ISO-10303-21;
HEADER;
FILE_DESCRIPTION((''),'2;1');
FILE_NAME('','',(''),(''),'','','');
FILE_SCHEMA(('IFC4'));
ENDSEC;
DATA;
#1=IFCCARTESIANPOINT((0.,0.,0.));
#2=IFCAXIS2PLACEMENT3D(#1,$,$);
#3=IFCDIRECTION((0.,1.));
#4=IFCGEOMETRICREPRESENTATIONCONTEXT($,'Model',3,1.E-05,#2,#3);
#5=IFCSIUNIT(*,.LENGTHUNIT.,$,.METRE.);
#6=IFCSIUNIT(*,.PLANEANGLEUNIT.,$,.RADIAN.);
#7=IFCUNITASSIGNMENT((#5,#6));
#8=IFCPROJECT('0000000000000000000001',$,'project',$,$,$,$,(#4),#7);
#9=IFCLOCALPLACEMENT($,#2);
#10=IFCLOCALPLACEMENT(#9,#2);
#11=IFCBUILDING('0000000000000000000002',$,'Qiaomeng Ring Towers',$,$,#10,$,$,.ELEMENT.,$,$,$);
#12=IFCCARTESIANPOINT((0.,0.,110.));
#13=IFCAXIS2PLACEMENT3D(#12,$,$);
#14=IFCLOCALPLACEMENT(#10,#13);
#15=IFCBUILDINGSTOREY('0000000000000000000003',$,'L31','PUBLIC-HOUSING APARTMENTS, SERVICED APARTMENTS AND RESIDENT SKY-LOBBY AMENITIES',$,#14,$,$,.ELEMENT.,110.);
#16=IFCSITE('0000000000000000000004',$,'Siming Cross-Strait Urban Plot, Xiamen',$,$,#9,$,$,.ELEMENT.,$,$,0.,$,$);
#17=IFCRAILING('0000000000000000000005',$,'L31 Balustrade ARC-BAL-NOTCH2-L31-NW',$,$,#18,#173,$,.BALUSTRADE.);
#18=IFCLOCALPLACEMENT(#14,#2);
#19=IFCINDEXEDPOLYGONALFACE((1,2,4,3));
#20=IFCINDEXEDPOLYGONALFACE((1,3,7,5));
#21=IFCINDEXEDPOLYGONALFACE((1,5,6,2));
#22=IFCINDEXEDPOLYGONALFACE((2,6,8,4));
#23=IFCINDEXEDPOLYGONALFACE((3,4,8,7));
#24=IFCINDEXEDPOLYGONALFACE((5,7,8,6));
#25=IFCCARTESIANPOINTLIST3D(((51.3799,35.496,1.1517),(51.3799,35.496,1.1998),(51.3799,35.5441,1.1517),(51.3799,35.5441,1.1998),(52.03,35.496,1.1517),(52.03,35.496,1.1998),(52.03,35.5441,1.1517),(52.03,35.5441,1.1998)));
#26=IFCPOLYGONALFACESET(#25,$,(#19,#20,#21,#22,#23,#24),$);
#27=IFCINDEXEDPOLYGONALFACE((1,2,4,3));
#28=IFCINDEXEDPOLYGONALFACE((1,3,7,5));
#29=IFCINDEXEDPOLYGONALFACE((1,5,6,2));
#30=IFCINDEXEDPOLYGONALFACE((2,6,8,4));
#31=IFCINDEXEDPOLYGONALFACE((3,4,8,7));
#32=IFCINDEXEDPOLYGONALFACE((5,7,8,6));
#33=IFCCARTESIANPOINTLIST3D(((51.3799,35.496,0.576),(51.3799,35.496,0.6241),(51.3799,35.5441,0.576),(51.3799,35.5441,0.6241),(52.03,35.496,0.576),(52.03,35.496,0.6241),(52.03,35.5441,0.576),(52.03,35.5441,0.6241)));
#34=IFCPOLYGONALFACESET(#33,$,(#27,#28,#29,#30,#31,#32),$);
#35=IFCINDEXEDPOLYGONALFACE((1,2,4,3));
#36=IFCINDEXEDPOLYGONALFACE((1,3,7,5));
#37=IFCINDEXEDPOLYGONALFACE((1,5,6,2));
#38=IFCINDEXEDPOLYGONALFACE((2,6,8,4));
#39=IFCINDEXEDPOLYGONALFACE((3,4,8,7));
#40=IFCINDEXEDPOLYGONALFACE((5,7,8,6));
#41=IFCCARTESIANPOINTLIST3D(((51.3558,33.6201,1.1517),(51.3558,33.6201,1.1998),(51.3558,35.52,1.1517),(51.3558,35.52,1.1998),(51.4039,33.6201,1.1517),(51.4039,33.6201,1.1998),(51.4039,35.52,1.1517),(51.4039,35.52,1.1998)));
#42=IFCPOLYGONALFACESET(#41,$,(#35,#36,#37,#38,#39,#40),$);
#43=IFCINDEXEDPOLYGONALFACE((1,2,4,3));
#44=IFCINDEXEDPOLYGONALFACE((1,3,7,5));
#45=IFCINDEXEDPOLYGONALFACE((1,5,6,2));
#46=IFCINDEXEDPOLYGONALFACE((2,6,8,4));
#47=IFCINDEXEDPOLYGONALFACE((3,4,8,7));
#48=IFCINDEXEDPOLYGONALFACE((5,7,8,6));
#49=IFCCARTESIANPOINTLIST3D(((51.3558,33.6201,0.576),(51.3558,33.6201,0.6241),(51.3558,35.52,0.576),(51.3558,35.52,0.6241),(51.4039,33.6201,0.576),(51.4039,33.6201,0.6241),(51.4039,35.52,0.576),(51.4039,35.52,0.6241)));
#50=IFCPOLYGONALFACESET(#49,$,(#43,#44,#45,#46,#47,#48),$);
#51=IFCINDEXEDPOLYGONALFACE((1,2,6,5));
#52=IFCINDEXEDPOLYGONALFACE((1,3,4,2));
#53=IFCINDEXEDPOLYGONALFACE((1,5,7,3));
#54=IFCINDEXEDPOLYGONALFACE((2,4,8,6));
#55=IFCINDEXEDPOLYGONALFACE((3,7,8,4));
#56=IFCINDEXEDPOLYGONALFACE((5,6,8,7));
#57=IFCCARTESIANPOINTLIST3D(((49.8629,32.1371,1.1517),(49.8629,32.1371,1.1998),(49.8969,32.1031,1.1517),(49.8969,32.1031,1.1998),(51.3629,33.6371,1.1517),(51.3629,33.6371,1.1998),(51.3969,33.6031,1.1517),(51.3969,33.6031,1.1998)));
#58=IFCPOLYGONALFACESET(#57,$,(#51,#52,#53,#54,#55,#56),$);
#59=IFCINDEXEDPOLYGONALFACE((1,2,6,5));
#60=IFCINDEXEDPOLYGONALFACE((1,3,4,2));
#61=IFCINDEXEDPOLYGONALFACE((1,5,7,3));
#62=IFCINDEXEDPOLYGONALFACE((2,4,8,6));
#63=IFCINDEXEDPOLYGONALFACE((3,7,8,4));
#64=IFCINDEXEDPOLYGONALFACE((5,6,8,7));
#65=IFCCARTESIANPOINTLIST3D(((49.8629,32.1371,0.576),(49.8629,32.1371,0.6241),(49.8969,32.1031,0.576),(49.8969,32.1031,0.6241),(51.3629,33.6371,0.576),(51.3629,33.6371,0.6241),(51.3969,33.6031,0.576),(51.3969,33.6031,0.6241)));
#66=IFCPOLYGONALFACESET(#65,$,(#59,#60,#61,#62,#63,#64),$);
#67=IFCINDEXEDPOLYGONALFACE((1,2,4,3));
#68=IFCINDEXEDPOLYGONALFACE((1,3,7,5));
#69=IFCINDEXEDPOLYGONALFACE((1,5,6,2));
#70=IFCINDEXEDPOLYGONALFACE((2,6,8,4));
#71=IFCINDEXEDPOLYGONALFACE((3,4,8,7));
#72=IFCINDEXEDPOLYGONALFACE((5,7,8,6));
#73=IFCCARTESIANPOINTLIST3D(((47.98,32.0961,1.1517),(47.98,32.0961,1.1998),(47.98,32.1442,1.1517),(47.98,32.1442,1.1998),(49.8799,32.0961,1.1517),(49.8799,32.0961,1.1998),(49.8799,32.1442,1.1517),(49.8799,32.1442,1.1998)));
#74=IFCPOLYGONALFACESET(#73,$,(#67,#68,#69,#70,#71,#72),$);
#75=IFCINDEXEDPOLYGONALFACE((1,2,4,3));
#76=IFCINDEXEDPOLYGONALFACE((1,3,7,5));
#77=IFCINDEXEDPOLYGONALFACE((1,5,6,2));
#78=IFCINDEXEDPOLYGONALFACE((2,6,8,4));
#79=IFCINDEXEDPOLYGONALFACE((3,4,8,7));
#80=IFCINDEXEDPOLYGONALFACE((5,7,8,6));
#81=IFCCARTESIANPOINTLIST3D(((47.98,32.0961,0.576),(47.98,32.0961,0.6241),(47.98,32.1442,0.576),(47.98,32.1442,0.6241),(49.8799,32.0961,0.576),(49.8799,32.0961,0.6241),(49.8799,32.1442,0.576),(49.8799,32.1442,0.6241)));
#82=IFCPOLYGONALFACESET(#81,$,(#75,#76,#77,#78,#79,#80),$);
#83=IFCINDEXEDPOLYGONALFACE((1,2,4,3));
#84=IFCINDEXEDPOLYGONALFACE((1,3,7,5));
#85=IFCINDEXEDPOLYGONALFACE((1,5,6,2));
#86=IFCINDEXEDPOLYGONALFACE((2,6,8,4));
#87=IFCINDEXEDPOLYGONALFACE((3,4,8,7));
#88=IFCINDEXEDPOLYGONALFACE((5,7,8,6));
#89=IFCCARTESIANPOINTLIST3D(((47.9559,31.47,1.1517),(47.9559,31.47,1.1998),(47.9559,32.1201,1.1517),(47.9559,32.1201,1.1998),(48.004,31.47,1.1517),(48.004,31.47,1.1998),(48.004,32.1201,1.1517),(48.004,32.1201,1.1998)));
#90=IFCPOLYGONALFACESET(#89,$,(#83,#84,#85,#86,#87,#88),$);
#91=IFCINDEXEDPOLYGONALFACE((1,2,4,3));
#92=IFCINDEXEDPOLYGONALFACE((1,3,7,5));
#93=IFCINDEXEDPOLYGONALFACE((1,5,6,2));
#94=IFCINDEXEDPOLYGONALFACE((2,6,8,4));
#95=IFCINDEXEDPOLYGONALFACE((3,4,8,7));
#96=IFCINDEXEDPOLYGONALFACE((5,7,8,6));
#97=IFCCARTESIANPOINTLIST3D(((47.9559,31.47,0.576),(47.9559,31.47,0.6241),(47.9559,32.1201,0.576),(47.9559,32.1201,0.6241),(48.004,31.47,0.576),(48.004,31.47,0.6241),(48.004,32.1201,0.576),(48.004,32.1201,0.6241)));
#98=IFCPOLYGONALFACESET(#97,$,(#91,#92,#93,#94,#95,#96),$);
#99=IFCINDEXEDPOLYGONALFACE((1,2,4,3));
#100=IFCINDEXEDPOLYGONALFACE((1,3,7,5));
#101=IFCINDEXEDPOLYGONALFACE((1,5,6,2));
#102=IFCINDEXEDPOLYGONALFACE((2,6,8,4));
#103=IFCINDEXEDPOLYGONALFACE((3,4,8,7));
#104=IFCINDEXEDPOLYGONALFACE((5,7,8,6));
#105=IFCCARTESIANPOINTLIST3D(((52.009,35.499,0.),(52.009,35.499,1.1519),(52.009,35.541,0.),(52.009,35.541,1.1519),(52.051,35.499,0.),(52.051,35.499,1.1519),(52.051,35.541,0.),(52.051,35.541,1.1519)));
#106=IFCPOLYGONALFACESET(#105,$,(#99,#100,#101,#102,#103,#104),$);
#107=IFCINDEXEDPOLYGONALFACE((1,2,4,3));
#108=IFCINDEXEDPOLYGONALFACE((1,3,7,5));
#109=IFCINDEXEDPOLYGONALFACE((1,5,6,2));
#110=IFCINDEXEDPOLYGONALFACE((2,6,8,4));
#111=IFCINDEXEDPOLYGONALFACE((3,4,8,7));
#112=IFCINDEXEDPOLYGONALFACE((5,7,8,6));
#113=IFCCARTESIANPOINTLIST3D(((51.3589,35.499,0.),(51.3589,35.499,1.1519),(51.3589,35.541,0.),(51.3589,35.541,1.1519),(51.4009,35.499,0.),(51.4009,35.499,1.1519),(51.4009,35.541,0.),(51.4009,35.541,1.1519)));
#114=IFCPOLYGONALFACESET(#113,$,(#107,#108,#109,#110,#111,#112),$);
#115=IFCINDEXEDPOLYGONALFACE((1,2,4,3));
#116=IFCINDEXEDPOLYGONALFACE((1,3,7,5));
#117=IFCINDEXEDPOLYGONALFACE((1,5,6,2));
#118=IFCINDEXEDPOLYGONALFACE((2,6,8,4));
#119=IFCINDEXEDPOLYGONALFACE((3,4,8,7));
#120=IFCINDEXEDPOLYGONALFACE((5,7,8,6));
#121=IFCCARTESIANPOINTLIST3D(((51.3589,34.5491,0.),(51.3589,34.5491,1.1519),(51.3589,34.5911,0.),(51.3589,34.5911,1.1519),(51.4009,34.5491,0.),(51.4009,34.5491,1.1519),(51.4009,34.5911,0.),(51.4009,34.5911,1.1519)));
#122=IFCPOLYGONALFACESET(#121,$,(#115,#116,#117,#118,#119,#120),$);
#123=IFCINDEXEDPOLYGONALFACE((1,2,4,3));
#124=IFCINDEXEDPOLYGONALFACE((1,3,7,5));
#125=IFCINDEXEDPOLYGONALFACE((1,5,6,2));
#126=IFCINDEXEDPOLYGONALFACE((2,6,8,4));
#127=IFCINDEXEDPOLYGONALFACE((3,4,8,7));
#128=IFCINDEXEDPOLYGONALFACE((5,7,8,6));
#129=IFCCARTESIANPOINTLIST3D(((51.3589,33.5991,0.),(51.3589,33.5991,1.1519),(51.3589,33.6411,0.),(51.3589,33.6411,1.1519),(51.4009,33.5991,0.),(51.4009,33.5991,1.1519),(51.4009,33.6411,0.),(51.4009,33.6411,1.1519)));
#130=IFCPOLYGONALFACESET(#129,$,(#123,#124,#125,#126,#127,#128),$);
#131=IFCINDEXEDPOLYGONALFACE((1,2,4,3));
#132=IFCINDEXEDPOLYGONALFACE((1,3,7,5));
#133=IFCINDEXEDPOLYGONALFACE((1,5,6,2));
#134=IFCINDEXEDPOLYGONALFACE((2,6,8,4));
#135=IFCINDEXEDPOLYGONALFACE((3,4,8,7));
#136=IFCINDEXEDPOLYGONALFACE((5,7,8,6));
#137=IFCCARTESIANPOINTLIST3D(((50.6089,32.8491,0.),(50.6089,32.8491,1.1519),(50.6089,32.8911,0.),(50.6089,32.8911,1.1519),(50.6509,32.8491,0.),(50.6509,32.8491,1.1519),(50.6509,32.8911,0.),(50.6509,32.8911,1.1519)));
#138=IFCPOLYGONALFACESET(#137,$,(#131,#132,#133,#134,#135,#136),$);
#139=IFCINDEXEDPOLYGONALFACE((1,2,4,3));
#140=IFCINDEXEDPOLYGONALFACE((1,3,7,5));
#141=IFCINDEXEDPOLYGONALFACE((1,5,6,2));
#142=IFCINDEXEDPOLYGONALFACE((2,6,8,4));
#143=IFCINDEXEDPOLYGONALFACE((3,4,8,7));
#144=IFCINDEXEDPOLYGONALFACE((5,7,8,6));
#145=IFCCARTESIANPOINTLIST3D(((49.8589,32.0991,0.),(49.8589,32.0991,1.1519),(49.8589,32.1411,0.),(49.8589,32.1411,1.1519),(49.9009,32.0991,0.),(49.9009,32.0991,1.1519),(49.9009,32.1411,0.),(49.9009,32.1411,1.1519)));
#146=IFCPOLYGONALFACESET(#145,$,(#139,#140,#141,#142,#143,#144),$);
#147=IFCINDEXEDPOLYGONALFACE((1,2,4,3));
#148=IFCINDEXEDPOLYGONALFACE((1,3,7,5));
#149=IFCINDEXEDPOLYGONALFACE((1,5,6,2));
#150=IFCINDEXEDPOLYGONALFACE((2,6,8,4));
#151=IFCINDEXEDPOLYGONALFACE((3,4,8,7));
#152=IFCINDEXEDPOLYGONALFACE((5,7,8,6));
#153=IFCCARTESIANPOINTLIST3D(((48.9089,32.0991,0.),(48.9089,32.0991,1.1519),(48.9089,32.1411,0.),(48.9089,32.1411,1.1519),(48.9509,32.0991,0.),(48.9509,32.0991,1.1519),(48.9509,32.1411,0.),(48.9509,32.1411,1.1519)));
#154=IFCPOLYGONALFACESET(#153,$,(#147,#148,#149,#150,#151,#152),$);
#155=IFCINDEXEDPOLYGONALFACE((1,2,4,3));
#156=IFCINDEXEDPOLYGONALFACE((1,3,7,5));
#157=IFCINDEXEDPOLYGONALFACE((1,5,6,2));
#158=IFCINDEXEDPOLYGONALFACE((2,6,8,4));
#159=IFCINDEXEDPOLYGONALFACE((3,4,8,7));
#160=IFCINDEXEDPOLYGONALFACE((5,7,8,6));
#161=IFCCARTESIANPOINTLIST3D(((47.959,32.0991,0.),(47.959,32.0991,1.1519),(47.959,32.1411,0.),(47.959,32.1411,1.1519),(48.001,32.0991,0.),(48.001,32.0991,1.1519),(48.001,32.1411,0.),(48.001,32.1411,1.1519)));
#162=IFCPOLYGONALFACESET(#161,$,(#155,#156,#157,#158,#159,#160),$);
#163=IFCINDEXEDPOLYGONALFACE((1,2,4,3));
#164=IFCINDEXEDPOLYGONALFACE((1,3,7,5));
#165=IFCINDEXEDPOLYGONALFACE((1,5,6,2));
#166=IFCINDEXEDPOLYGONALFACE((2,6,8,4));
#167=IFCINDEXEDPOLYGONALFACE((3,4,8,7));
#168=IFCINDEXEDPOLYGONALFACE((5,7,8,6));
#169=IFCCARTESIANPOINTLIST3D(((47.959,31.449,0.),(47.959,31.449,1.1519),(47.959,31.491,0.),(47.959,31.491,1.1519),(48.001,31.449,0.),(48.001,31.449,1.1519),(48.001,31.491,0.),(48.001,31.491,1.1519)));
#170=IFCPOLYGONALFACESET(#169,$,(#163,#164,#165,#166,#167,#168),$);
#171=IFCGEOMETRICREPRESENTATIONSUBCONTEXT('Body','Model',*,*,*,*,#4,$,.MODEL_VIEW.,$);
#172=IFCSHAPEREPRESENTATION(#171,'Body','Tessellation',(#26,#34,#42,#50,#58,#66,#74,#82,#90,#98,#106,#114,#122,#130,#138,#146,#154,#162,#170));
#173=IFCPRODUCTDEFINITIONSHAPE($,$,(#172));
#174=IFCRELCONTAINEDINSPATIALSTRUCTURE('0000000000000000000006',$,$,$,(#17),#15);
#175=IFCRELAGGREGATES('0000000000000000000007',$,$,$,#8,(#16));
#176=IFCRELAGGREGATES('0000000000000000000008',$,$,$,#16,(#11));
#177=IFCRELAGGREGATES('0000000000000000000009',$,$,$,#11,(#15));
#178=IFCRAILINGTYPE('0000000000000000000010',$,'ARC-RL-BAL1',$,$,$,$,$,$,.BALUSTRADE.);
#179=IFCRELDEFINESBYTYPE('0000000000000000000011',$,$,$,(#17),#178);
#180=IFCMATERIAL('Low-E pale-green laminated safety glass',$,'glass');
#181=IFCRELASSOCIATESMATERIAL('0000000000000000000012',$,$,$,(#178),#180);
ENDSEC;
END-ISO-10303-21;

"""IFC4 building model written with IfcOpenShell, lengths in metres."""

from ifc_helpers import new_model, si_unit, direction, frame, origin, origin_2d, place, context, subcontext, project, spatial, rectangle, extrude, material, type_object, element, save


model = new_model("IFC4")

# Units and contexts
model_context = context("Model", 3, precision=1e-05, world=origin(), true_north=direction((0.0, 1.0)))
body_context = subcontext(model_context, "Body", "Model", "MODEL_VIEW")
ifc_project = project(units=[si_unit("LENGTHUNIT", "METRE"), si_unit("PLANEANGLEUNIT", "RADIAN")], contexts=[model_context])

# Site, building, storey
site_placement = place(None, origin())
site = spatial("IfcSite", under=ifc_project, at=site_placement, Name="Siming Cross-Strait Urban Plot, Xiamen", CompositionType="ELEMENT", RefElevation=0.0)
building_placement = place(site_placement, origin())
building = spatial("IfcBuilding", under=site, at=building_placement, Name="Qiaomeng Ring Towers", CompositionType="ELEMENT")
storey_placement = place(building_placement, frame((0.0, 0.0, 110.0)))
storey = spatial("IfcBuildingStorey", under=building, at=storey_placement, Name="L31", Description="PUBLIC-HOUSING APARTMENTS, SERVICED APARTMENTS AND RESIDENT SKY-LOBBY AMENITIES", CompositionType="ELEMENT", Elevation=110.0)

# Railing
ifc_material_1 = material(Name="Low-E pale-green laminated safety glass", Category="glass")
railing_type = type_object("IfcRailingType", Name="ARC-RL-BAL1", PredefinedType="BALUSTRADE", material=ifc_material_1)
railing_1_placement = place(storey_placement, frame((52.03, 35.52, 0.0)))
element("IfcRailing", 1, at=railing_1_placement, inside=storey, type_object=railing_type, Name="L31 Balustrade ARC-BAL-NOTCH2-L31-NW", PredefinedType="BALUSTRADE", context=body_context, shape_type="SweptSolid", body=[
    extrude(rectangle(XDim=0.0481, YDim=0.0481, at=origin_2d()), frame((0.0, 0.0, 1.1758), z_axis=(-1.0, 0.0, 0.0), x_axis=(0.0, -1.0, 0.0)), (0.0, 0.0, 1.0), 0.6501),
    extrude(rectangle(XDim=0.0481, YDim=0.0481, at=origin_2d()), frame((0.0, 0.0, 0.6001), z_axis=(-1.0, 0.0, 0.0), x_axis=(0.0, -1.0, 0.0)), (0.0, 0.0, 1.0), 0.6501),
    extrude(rectangle(XDim=0.0481, YDim=0.0481, at=origin_2d()), frame((-0.6501, 0.0, 1.1758), z_axis=(0.0, -1.0, 0.0), x_axis=(1.0, 0.0, 0.0)), (0.0, 0.0, 1.0), 1.8999),
    extrude(rectangle(XDim=0.0481, YDim=0.0481, at=origin_2d()), frame((-0.6501, 0.0, 0.6001), z_axis=(0.0, -1.0, 0.0), x_axis=(1.0, 0.0, 0.0)), (0.0, 0.0, 1.0), 1.8999),
    extrude(rectangle(XDim=0.0481, YDim=0.0481, at=origin_2d()), frame((-0.6501, -1.8999, 1.1758), z_axis=(-0.707107, -0.707107, 0.0), x_axis=(0.707107, -0.707107, 0.0)), (0.0, 0.0, 1.0), 2.1213),
    extrude(rectangle(XDim=0.0481, YDim=0.0481, at=origin_2d()), frame((-0.6501, -1.8999, 0.6001), z_axis=(-0.707107, -0.707107, 0.0), x_axis=(0.707107, -0.707107, 0.0)), (0.0, 0.0, 1.0), 2.1213),
    extrude(rectangle(XDim=0.0481, YDim=0.0481, at=origin_2d()), frame((-2.1501, -3.3999, 1.1758), z_axis=(-1.0, 0.0, 0.0), x_axis=(0.0, -1.0, 0.0)), (0.0, 0.0, 1.0), 1.8999),
    extrude(rectangle(XDim=0.0481, YDim=0.0481, at=origin_2d()), frame((-2.1501, -3.3999, 0.6001), z_axis=(-1.0, 0.0, 0.0), x_axis=(0.0, -1.0, 0.0)), (0.0, 0.0, 1.0), 1.8999),
    extrude(rectangle(XDim=0.0481, YDim=0.0481, at=origin_2d()), frame((-4.05, -3.3999, 1.1758), z_axis=(0.0, -1.0, 0.0), x_axis=(1.0, 0.0, 0.0)), (0.0, 0.0, 1.0), 0.6501),
    extrude(rectangle(XDim=0.0481, YDim=0.0481, at=origin_2d()), frame((-4.05, -3.3999, 0.6001), z_axis=(0.0, -1.0, 0.0), x_axis=(1.0, 0.0, 0.0)), (0.0, 0.0, 1.0), 0.6501),
    extrude(rectangle(XDim=0.042, YDim=0.042, at=origin_2d()), origin(), (0.0, 0.0, 1.0), 1.1519),
    extrude(rectangle(XDim=0.042, YDim=0.042, at=origin_2d()), frame((-0.6501, 0.0, 0.0)), (0.0, 0.0, 1.0), 1.1519),
    extrude(rectangle(XDim=0.042, YDim=0.042, at=origin_2d()), frame((-0.6501, -0.95, 0.0)), (0.0, 0.0, 1.0), 1.1519),
    extrude(rectangle(XDim=0.042, YDim=0.042, at=origin_2d()), frame((-0.6501, -1.8999, 0.0)), (0.0, 0.0, 1.0), 1.1519),
    extrude(rectangle(XDim=0.042, YDim=0.042, at=origin_2d()), frame((-1.4001, -2.6499, 0.0)), (0.0, 0.0, 1.0), 1.1519),
    extrude(rectangle(XDim=0.042, YDim=0.042, at=origin_2d()), frame((-2.1501, -3.3999, 0.0)), (0.0, 0.0, 1.0), 1.1519),
    extrude(rectangle(XDim=0.042, YDim=0.042, at=origin_2d()), frame((-3.1001, -3.3999, 0.0)), (0.0, 0.0, 1.0), 1.1519),
    extrude(rectangle(XDim=0.042, YDim=0.042, at=origin_2d()), frame((-4.05, -3.3999, 0.0)), (0.0, 0.0, 1.0), 1.1519),
    extrude(rectangle(XDim=0.042, YDim=0.042, at=origin_2d()), frame((-4.05, -4.05, 0.0)), (0.0, 0.0, 1.0), 1.1519),
])

save(model, "model.ifc")
